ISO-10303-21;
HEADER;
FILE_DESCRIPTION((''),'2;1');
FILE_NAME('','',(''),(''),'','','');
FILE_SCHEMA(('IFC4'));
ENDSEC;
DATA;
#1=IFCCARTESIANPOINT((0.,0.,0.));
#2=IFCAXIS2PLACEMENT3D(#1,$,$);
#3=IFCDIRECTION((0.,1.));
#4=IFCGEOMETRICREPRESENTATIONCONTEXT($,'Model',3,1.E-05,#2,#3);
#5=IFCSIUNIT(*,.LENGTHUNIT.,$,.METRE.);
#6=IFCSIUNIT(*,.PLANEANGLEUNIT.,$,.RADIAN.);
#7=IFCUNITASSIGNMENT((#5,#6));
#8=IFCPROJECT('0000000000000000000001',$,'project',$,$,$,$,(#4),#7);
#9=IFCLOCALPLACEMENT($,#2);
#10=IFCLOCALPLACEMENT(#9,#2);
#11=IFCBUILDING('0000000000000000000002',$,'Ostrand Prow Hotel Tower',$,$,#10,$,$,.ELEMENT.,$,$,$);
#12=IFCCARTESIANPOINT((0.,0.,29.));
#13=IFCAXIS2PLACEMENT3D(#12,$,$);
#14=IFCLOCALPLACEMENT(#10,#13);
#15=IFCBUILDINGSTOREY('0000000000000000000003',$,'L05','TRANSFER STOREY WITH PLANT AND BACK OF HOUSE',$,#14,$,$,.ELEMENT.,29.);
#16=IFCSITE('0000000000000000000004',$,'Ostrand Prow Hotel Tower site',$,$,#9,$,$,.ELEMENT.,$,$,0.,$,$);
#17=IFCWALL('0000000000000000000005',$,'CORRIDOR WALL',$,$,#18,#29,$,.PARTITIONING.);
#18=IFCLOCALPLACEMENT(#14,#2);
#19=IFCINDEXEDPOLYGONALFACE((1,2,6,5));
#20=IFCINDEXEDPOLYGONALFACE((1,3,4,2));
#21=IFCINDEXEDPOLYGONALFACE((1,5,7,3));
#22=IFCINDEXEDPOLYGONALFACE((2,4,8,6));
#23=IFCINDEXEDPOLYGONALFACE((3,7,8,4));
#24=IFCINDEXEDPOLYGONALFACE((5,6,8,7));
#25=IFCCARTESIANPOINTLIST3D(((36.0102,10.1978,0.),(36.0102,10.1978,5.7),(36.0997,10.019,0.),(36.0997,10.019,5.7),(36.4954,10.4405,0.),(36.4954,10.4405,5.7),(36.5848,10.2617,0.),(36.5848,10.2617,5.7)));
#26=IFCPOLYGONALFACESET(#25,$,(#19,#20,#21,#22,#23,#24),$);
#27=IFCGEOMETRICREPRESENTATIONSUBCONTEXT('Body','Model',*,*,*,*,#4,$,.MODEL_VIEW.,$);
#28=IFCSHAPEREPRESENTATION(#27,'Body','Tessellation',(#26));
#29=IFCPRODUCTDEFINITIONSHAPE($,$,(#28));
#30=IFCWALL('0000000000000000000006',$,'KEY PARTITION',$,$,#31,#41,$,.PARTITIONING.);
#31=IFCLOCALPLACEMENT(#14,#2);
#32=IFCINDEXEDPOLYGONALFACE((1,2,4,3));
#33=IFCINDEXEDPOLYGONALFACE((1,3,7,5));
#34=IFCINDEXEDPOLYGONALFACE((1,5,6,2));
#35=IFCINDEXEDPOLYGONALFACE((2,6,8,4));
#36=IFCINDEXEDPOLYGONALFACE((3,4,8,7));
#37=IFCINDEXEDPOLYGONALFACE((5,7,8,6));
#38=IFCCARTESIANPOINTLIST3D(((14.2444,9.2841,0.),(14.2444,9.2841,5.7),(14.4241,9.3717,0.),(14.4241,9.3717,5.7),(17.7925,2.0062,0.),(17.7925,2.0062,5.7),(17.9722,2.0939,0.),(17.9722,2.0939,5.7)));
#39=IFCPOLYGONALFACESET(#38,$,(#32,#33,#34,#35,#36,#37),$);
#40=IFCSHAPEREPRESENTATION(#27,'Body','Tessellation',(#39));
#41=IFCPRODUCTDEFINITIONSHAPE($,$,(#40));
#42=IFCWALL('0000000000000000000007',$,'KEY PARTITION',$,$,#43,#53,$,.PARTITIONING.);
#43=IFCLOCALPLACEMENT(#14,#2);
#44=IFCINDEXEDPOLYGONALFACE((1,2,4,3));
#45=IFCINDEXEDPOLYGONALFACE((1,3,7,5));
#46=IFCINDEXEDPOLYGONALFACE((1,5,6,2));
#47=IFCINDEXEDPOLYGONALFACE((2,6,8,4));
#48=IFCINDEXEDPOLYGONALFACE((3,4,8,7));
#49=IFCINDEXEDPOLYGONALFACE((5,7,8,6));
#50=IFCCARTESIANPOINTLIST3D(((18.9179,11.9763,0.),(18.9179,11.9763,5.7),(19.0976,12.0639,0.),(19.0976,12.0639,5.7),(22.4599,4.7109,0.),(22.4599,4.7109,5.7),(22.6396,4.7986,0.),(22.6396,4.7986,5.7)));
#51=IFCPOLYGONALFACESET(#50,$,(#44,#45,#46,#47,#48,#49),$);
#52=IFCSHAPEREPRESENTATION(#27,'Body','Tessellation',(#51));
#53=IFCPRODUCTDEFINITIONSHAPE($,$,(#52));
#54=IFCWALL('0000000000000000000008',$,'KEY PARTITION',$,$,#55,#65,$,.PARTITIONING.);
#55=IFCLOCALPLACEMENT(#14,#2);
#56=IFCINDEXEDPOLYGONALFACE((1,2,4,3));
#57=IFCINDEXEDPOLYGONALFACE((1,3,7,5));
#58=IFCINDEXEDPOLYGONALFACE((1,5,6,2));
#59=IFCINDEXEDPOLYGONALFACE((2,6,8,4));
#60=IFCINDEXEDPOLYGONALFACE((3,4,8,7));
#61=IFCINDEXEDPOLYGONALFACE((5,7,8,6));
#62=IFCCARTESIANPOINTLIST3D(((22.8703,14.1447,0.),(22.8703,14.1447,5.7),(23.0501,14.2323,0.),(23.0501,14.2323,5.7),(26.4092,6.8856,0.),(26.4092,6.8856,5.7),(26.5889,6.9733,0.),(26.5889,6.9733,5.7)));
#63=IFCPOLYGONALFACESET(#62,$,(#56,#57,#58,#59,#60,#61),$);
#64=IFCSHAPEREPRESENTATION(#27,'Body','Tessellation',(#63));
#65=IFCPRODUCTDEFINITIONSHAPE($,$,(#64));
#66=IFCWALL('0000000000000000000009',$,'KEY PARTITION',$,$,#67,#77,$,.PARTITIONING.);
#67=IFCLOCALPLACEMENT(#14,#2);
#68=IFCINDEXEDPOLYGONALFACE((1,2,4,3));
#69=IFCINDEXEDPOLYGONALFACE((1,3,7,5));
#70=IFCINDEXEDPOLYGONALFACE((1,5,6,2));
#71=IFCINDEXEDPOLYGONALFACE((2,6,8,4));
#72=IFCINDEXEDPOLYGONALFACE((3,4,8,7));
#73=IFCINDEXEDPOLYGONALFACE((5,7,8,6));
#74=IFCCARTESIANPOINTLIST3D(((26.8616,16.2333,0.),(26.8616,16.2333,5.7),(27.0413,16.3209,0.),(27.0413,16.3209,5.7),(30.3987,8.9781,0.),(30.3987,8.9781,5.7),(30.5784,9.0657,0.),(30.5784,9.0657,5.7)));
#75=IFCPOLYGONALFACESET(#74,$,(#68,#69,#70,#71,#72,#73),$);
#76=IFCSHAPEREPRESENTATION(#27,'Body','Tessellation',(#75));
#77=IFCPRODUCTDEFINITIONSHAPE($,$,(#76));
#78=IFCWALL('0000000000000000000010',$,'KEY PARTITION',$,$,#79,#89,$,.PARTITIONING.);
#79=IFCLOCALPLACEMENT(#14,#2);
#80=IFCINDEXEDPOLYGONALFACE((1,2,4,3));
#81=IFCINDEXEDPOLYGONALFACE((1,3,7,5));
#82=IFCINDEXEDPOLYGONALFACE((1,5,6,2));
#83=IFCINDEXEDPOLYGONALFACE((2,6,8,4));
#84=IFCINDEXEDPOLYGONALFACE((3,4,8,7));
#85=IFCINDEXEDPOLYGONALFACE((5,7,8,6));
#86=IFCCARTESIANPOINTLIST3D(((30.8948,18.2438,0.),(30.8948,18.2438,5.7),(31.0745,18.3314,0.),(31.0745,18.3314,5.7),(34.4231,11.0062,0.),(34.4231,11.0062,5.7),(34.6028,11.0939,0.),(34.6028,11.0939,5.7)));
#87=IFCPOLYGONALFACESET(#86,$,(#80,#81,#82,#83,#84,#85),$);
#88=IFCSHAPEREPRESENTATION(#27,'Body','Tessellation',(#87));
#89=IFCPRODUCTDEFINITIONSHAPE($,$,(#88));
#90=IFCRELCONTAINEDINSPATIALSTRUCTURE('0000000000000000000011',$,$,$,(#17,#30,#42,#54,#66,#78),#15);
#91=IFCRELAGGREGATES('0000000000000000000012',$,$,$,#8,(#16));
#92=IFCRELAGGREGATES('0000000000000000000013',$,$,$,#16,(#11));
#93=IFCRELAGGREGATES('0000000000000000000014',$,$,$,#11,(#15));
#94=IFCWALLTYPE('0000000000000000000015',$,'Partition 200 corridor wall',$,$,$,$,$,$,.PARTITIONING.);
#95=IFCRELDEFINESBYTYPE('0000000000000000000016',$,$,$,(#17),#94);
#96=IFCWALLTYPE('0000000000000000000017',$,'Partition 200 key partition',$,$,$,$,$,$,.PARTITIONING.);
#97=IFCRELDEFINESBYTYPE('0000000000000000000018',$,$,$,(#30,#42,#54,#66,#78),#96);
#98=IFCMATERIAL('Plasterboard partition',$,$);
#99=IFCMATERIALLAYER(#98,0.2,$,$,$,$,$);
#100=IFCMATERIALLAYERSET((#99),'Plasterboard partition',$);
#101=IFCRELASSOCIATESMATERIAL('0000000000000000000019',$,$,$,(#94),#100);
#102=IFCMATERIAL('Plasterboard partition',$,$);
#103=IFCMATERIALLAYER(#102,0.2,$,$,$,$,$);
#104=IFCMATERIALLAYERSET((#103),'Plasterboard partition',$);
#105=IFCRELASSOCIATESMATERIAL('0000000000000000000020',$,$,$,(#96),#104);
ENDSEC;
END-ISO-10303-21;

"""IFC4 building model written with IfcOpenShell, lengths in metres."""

from ifc_helpers import new_model, si_unit, direction, frame, frame_2d, origin, place, context, subcontext, project, spatial, rectangle, extrude, material, layer, layer_set, type_object, element, save


model = new_model("IFC4")

# Units and contexts
model_context = context("Model", 3, precision=1e-05, world=origin(), true_north=direction((0.0, 1.0)))
body_context = subcontext(model_context, "Body", "Model", "MODEL_VIEW")
ifc_project = project(units=[si_unit("LENGTHUNIT", "METRE"), si_unit("PLANEANGLEUNIT", "RADIAN")], contexts=[model_context])

# Site, building, storey
site_placement = place(None, origin())
site = spatial("IfcSite", under=ifc_project, at=site_placement, Name="Ostrand Prow Hotel Tower site", CompositionType="ELEMENT", RefElevation=0.0)
building_placement = place(site_placement, origin())
building = spatial("IfcBuilding", under=site, at=building_placement, Name="Ostrand Prow Hotel Tower", CompositionType="ELEMENT")
storey_placement = place(building_placement, frame((0.0, 0.0, 29.0)))
storey = spatial("IfcBuildingStorey", under=building, at=storey_placement, Name="L05", Description="TRANSFER STOREY WITH PLANT AND BACK OF HOUSE", CompositionType="ELEMENT", Elevation=29.0)

# Shared definitions
ifc_material_1 = material(Name="Plasterboard partition")
ifc_layer_1 = layer(ifc_material_1, 0.2)
ifc_layer_set_1 = layer_set([ifc_layer_1], Name="Plasterboard partition")
wall_type_1 = type_object("IfcWallType", Name="Partition 200 corridor wall", PredefinedType="PARTITIONING", material=ifc_layer_set_1)

# Walls
wall_1_placement = place(storey_placement, frame((36.0549, 10.1084, 0.0), z_axis=(0.0, 0.0, 1.0), x_axis=(0.894337, 0.447394, 0.0)))
element("IfcWall", 1, at=wall_1_placement, inside=storey, type_object=wall_type_1, Name="CORRIDOR WALL", PredefinedType="PARTITIONING", context=body_context, shape_type="SweptSolid", body=[
    extrude(rectangle(XDim=0.5425, YDim=0.2, at=frame_2d((0.2712, 0.0))), origin(), (0.0, 0.0, 1.0), 5.7),
])
ifc_material_2 = material(Name="Plasterboard partition")
ifc_layer_2 = layer(ifc_material_2, 0.2)
ifc_layer_set_2 = layer_set([ifc_layer_2], Name="Plasterboard partition")
wall_type_2 = type_object("IfcWallType", Name="Partition 200 key partition", PredefinedType="PARTITIONING", material=ifc_layer_set_2)
wall_2_placement = place(storey_placement, frame((17.8823, 2.05, 0.0), z_axis=(0.0, 0.0, 1.0), x_axis=(-0.438217, 0.898869, 0.0)))
element("IfcWall", 2, at=wall_2_placement, inside=storey, type_object=wall_type_2, Name="KEY PARTITION", PredefinedType="PARTITIONING", context=body_context, shape_type="SweptSolid", body=[
    extrude(rectangle(XDim=8.0967, YDim=0.2, at=frame_2d((4.0483, 0.0))), origin(), (0.0, 0.0, 1.0), 5.7),
])
wall_3_placement = place(storey_placement, frame((22.5498, 4.7546, 0.0), z_axis=(0.0, 0.0, 1.0), x_axis=(-0.438214, 0.898871, 0.0)))
element("IfcWall", 3, at=wall_3_placement, inside=storey, type_object=wall_type_2, Name="KEY PARTITION", PredefinedType="PARTITIONING", context=body_context, shape_type="SweptSolid", body=[
    extrude(rectangle(XDim=8.0828, YDim=0.2, at=frame_2d((4.0415, 0.0))), origin(), (0.0, 0.0, 1.0), 5.7),
])
wall_4_placement = place(storey_placement, frame((26.499, 6.9294, 0.0), z_axis=(0.0, 0.0, 1.0), x_axis=(-0.438206, 0.898874, 0.0)))
element("IfcWall", 4, at=wall_4_placement, inside=storey, type_object=wall_type_2, Name="KEY PARTITION", PredefinedType="PARTITIONING", context=body_context, shape_type="SweptSolid", body=[
    extrude(rectangle(XDim=8.0757, YDim=0.2, at=frame_2d((4.0378, 0.0))), origin(), (0.0, 0.0, 1.0), 5.7),
])
wall_5_placement = place(storey_placement, frame((30.4885, 9.022, 0.0), z_axis=(0.0, 0.0, 1.0), x_axis=(-0.438226, 0.898865, 0.0)))
element("IfcWall", 5, at=wall_5_placement, inside=storey, type_object=wall_type_2, Name="KEY PARTITION", PredefinedType="PARTITIONING", context=body_context, shape_type="SweptSolid", body=[
    extrude(rectangle(XDim=8.0715, YDim=0.2, at=frame_2d((4.0356, 0.0))), origin(), (0.0, 0.0, 1.0), 5.7),
])
wall_6_placement = place(storey_placement, frame((34.5129, 11.05, 0.0), z_axis=(0.0, 0.0, 1.0), x_axis=(-0.438204, 0.898876, 0.0)))
element("IfcWall", 6, at=wall_6_placement, inside=storey, type_object=wall_type_2, Name="KEY PARTITION", PredefinedType="PARTITIONING", context=body_context, shape_type="SweptSolid", body=[
    extrude(rectangle(XDim=8.0518, YDim=0.2, at=frame_2d((4.0259, 0.0))), origin(), (0.0, 0.0, 1.0), 5.7),
])

save(model, "model.ifc")
